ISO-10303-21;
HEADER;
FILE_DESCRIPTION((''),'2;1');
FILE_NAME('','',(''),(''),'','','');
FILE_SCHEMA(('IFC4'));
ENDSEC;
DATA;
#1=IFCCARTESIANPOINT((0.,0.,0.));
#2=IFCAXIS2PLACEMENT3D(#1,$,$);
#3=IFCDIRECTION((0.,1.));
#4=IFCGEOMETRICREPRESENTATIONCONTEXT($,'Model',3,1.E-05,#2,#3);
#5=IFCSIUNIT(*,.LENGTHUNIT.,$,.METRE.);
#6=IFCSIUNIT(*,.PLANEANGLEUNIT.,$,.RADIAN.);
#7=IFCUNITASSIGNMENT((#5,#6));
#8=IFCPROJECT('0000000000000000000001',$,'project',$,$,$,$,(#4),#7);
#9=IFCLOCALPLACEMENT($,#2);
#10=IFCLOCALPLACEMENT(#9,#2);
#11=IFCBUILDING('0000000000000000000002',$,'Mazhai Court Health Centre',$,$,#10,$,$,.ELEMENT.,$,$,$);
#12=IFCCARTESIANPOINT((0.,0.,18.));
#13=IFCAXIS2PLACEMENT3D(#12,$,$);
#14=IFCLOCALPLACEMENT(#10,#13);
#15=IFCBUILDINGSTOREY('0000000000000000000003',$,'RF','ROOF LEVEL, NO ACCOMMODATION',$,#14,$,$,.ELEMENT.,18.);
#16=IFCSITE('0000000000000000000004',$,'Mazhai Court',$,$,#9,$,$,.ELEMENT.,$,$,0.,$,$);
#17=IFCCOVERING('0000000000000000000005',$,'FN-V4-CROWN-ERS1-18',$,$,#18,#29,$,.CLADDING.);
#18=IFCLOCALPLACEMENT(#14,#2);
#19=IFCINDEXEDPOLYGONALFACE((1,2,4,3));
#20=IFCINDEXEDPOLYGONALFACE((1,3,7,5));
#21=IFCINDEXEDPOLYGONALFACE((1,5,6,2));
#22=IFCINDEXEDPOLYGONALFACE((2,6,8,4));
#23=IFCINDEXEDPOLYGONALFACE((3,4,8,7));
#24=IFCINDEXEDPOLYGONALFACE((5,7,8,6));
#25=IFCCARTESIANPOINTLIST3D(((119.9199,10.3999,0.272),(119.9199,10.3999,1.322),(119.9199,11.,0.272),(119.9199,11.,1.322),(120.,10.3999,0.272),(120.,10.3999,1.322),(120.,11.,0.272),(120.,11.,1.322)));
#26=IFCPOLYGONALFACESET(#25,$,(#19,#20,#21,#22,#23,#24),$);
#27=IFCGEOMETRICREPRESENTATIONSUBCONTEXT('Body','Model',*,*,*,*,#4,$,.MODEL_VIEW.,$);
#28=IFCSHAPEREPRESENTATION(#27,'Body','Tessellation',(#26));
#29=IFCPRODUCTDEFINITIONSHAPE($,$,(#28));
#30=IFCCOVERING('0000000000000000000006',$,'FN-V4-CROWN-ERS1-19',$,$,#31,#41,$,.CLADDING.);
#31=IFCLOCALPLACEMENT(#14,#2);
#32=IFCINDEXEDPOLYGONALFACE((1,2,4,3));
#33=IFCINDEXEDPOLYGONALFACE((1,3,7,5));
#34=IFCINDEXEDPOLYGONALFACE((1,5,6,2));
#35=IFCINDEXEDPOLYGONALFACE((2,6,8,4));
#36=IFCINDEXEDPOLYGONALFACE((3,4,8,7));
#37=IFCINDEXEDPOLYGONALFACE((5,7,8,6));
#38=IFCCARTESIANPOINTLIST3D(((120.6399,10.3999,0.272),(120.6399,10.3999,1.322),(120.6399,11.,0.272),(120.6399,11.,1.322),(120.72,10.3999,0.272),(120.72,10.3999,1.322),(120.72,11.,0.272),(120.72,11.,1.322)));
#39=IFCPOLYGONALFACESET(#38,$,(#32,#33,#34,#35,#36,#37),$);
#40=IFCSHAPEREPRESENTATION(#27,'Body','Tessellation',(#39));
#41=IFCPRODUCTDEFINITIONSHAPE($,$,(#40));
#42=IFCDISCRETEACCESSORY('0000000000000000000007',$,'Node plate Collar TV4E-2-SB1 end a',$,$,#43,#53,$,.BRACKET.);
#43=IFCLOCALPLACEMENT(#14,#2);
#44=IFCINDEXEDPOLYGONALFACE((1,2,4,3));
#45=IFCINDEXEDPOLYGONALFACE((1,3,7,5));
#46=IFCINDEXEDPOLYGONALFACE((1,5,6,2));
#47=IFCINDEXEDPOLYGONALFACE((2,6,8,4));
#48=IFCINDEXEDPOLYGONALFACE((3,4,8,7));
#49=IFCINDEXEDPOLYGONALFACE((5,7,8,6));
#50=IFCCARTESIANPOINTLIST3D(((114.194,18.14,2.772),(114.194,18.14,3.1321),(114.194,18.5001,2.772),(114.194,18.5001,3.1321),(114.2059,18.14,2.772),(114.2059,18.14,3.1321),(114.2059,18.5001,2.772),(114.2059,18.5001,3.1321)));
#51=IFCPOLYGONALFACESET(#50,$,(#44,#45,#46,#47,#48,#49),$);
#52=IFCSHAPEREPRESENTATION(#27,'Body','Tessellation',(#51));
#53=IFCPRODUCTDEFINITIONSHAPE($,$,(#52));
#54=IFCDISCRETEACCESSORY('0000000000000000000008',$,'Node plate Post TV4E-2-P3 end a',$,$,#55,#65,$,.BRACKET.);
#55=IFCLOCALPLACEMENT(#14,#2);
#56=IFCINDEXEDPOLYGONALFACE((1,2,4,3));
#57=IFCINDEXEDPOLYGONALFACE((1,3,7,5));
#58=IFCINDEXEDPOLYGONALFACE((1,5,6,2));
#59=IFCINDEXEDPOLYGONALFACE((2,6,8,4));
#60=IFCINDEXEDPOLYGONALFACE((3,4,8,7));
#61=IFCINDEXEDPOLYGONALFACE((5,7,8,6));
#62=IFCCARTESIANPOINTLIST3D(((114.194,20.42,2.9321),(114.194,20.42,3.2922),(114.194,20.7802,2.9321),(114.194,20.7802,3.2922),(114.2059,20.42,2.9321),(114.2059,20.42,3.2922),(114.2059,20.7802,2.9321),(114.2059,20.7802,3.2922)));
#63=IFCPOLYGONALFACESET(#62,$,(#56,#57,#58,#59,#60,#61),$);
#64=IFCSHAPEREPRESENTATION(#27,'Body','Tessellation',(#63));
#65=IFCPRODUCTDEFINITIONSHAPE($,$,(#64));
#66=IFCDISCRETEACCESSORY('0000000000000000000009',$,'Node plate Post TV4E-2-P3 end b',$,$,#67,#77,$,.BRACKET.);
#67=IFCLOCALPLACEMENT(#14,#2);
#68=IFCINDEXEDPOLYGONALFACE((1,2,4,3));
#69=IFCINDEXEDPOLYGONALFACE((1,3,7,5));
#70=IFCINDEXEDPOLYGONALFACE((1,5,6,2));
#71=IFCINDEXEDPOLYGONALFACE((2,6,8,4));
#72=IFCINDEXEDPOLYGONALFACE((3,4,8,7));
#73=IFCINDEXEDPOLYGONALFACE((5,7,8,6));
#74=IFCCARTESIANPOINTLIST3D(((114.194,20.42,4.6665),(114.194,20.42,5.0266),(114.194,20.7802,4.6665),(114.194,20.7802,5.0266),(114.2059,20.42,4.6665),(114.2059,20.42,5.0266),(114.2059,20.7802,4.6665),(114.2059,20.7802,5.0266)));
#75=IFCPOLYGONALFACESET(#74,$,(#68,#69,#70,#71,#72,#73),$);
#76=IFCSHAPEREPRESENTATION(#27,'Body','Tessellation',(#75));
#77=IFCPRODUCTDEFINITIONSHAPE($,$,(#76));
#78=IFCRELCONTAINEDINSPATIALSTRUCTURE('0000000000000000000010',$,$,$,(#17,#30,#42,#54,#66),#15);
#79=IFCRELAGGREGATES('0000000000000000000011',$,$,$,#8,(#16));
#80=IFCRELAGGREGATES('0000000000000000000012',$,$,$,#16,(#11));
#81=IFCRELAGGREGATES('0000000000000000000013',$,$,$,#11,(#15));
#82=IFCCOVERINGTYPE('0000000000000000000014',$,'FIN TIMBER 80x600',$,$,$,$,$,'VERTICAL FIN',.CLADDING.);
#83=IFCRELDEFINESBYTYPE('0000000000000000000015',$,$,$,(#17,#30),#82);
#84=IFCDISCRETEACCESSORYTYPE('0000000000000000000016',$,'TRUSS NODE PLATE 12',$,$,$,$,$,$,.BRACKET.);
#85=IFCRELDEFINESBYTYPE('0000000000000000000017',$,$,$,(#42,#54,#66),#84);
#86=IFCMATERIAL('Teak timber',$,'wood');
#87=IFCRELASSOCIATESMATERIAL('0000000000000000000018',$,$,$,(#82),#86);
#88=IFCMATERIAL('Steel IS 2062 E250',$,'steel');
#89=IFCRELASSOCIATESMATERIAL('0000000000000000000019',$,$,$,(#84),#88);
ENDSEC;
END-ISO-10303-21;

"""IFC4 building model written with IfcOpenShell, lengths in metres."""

from ifc_helpers import new_model, si_unit, direction, frame, origin, origin_2d, place, context, subcontext, project, spatial, rectangle, extrude, material, type_object, element, save


model = new_model("IFC4")

# Units and contexts
model_context = context("Model", 3, precision=1e-05, world=origin(), true_north=direction((0.0, 1.0)))
body_context = subcontext(model_context, "Body", "Model", "MODEL_VIEW")
ifc_project = project(units=[si_unit("LENGTHUNIT", "METRE"), si_unit("PLANEANGLEUNIT", "RADIAN")], contexts=[model_context])

# Site, building, storey
site_placement = place(None, origin())
site = spatial("IfcSite", under=ifc_project, at=site_placement, Name="Mazhai Court", CompositionType="ELEMENT", RefElevation=0.0)
building_placement = place(site_placement, origin())
building = spatial("IfcBuilding", under=site, at=building_placement, Name="Mazhai Court Health Centre", CompositionType="ELEMENT")
storey_placement = place(building_placement, frame((0.0, 0.0, 18.0)))
storey = spatial("IfcBuildingStorey", under=building, at=storey_placement, Name="RF", Description="ROOF LEVEL, NO ACCOMMODATION", CompositionType="ELEMENT", Elevation=18.0)

# Coverings
ifc_material_1 = material(Name="Teak timber", Category="wood")
covering_type = type_object("IfcCoveringType", Name="FIN TIMBER 80x600", ElementType="VERTICAL FIN", PredefinedType="CLADDING", material=ifc_material_1)
for number, where, z_axis, x_axis, name in (
    (1, (119.96, 10.7, 0.272), (0.0, 0.0, 1.0), (1.0, 0.0, 0.0), "FN-V4-CROWN-ERS1-18"),
    (2, (120.6799, 10.7, 0.272), (0.0, 0.0, 1.0), (1.0, 0.0, 0.0), "FN-V4-CROWN-ERS1-19"),
):
    element("IfcCovering", number, at=place(storey_placement, frame(where, z_axis=z_axis, x_axis=x_axis)), inside=storey, type_object=covering_type, Name=name, PredefinedType="CLADDING", context=body_context, shape_type="SweptSolid", body=[
        extrude(rectangle(XDim=0.0801, YDim=0.6001, at=origin_2d()), origin(), (0.0, 0.0, 1.0), 1.05),
    ])

# Discrete accessories
ifc_material_2 = material(Name="Steel IS 2062 E250", Category="steel")
discrete_accessory_type = type_object("IfcDiscreteAccessoryType", Name="TRUSS NODE PLATE 12", PredefinedType="BRACKET", material=ifc_material_2)
for number, where, z_axis, x_axis, name in (
    (3, (114.2, 18.3201, 2.772), (0.0, 0.0, 1.0), (1.0, 0.0, 0.0), "Node plate Collar TV4E-2-SB1 end a"),
    (4, (114.2, 20.6001, 2.9321), (0.0, 0.0, 1.0), (1.0, 0.0, 0.0), "Node plate Post TV4E-2-P3 end a"),
    (5, (114.2, 20.6001, 4.6665), (0.0, 0.0, 1.0), (1.0, 0.0, 0.0), "Node plate Post TV4E-2-P3 end b"),
):
    element("IfcDiscreteAccessory", number, at=place(storey_placement, frame(where, z_axis=z_axis, x_axis=x_axis)), inside=storey, type_object=discrete_accessory_type, Name=name, PredefinedType="BRACKET", context=body_context, shape_type="SweptSolid", body=[
        extrude(rectangle(XDim=0.012, YDim=0.3601, at=origin_2d()), origin(), (0.0, 0.0, 1.0), 0.3601),
    ])

save(model, "model.ifc")
